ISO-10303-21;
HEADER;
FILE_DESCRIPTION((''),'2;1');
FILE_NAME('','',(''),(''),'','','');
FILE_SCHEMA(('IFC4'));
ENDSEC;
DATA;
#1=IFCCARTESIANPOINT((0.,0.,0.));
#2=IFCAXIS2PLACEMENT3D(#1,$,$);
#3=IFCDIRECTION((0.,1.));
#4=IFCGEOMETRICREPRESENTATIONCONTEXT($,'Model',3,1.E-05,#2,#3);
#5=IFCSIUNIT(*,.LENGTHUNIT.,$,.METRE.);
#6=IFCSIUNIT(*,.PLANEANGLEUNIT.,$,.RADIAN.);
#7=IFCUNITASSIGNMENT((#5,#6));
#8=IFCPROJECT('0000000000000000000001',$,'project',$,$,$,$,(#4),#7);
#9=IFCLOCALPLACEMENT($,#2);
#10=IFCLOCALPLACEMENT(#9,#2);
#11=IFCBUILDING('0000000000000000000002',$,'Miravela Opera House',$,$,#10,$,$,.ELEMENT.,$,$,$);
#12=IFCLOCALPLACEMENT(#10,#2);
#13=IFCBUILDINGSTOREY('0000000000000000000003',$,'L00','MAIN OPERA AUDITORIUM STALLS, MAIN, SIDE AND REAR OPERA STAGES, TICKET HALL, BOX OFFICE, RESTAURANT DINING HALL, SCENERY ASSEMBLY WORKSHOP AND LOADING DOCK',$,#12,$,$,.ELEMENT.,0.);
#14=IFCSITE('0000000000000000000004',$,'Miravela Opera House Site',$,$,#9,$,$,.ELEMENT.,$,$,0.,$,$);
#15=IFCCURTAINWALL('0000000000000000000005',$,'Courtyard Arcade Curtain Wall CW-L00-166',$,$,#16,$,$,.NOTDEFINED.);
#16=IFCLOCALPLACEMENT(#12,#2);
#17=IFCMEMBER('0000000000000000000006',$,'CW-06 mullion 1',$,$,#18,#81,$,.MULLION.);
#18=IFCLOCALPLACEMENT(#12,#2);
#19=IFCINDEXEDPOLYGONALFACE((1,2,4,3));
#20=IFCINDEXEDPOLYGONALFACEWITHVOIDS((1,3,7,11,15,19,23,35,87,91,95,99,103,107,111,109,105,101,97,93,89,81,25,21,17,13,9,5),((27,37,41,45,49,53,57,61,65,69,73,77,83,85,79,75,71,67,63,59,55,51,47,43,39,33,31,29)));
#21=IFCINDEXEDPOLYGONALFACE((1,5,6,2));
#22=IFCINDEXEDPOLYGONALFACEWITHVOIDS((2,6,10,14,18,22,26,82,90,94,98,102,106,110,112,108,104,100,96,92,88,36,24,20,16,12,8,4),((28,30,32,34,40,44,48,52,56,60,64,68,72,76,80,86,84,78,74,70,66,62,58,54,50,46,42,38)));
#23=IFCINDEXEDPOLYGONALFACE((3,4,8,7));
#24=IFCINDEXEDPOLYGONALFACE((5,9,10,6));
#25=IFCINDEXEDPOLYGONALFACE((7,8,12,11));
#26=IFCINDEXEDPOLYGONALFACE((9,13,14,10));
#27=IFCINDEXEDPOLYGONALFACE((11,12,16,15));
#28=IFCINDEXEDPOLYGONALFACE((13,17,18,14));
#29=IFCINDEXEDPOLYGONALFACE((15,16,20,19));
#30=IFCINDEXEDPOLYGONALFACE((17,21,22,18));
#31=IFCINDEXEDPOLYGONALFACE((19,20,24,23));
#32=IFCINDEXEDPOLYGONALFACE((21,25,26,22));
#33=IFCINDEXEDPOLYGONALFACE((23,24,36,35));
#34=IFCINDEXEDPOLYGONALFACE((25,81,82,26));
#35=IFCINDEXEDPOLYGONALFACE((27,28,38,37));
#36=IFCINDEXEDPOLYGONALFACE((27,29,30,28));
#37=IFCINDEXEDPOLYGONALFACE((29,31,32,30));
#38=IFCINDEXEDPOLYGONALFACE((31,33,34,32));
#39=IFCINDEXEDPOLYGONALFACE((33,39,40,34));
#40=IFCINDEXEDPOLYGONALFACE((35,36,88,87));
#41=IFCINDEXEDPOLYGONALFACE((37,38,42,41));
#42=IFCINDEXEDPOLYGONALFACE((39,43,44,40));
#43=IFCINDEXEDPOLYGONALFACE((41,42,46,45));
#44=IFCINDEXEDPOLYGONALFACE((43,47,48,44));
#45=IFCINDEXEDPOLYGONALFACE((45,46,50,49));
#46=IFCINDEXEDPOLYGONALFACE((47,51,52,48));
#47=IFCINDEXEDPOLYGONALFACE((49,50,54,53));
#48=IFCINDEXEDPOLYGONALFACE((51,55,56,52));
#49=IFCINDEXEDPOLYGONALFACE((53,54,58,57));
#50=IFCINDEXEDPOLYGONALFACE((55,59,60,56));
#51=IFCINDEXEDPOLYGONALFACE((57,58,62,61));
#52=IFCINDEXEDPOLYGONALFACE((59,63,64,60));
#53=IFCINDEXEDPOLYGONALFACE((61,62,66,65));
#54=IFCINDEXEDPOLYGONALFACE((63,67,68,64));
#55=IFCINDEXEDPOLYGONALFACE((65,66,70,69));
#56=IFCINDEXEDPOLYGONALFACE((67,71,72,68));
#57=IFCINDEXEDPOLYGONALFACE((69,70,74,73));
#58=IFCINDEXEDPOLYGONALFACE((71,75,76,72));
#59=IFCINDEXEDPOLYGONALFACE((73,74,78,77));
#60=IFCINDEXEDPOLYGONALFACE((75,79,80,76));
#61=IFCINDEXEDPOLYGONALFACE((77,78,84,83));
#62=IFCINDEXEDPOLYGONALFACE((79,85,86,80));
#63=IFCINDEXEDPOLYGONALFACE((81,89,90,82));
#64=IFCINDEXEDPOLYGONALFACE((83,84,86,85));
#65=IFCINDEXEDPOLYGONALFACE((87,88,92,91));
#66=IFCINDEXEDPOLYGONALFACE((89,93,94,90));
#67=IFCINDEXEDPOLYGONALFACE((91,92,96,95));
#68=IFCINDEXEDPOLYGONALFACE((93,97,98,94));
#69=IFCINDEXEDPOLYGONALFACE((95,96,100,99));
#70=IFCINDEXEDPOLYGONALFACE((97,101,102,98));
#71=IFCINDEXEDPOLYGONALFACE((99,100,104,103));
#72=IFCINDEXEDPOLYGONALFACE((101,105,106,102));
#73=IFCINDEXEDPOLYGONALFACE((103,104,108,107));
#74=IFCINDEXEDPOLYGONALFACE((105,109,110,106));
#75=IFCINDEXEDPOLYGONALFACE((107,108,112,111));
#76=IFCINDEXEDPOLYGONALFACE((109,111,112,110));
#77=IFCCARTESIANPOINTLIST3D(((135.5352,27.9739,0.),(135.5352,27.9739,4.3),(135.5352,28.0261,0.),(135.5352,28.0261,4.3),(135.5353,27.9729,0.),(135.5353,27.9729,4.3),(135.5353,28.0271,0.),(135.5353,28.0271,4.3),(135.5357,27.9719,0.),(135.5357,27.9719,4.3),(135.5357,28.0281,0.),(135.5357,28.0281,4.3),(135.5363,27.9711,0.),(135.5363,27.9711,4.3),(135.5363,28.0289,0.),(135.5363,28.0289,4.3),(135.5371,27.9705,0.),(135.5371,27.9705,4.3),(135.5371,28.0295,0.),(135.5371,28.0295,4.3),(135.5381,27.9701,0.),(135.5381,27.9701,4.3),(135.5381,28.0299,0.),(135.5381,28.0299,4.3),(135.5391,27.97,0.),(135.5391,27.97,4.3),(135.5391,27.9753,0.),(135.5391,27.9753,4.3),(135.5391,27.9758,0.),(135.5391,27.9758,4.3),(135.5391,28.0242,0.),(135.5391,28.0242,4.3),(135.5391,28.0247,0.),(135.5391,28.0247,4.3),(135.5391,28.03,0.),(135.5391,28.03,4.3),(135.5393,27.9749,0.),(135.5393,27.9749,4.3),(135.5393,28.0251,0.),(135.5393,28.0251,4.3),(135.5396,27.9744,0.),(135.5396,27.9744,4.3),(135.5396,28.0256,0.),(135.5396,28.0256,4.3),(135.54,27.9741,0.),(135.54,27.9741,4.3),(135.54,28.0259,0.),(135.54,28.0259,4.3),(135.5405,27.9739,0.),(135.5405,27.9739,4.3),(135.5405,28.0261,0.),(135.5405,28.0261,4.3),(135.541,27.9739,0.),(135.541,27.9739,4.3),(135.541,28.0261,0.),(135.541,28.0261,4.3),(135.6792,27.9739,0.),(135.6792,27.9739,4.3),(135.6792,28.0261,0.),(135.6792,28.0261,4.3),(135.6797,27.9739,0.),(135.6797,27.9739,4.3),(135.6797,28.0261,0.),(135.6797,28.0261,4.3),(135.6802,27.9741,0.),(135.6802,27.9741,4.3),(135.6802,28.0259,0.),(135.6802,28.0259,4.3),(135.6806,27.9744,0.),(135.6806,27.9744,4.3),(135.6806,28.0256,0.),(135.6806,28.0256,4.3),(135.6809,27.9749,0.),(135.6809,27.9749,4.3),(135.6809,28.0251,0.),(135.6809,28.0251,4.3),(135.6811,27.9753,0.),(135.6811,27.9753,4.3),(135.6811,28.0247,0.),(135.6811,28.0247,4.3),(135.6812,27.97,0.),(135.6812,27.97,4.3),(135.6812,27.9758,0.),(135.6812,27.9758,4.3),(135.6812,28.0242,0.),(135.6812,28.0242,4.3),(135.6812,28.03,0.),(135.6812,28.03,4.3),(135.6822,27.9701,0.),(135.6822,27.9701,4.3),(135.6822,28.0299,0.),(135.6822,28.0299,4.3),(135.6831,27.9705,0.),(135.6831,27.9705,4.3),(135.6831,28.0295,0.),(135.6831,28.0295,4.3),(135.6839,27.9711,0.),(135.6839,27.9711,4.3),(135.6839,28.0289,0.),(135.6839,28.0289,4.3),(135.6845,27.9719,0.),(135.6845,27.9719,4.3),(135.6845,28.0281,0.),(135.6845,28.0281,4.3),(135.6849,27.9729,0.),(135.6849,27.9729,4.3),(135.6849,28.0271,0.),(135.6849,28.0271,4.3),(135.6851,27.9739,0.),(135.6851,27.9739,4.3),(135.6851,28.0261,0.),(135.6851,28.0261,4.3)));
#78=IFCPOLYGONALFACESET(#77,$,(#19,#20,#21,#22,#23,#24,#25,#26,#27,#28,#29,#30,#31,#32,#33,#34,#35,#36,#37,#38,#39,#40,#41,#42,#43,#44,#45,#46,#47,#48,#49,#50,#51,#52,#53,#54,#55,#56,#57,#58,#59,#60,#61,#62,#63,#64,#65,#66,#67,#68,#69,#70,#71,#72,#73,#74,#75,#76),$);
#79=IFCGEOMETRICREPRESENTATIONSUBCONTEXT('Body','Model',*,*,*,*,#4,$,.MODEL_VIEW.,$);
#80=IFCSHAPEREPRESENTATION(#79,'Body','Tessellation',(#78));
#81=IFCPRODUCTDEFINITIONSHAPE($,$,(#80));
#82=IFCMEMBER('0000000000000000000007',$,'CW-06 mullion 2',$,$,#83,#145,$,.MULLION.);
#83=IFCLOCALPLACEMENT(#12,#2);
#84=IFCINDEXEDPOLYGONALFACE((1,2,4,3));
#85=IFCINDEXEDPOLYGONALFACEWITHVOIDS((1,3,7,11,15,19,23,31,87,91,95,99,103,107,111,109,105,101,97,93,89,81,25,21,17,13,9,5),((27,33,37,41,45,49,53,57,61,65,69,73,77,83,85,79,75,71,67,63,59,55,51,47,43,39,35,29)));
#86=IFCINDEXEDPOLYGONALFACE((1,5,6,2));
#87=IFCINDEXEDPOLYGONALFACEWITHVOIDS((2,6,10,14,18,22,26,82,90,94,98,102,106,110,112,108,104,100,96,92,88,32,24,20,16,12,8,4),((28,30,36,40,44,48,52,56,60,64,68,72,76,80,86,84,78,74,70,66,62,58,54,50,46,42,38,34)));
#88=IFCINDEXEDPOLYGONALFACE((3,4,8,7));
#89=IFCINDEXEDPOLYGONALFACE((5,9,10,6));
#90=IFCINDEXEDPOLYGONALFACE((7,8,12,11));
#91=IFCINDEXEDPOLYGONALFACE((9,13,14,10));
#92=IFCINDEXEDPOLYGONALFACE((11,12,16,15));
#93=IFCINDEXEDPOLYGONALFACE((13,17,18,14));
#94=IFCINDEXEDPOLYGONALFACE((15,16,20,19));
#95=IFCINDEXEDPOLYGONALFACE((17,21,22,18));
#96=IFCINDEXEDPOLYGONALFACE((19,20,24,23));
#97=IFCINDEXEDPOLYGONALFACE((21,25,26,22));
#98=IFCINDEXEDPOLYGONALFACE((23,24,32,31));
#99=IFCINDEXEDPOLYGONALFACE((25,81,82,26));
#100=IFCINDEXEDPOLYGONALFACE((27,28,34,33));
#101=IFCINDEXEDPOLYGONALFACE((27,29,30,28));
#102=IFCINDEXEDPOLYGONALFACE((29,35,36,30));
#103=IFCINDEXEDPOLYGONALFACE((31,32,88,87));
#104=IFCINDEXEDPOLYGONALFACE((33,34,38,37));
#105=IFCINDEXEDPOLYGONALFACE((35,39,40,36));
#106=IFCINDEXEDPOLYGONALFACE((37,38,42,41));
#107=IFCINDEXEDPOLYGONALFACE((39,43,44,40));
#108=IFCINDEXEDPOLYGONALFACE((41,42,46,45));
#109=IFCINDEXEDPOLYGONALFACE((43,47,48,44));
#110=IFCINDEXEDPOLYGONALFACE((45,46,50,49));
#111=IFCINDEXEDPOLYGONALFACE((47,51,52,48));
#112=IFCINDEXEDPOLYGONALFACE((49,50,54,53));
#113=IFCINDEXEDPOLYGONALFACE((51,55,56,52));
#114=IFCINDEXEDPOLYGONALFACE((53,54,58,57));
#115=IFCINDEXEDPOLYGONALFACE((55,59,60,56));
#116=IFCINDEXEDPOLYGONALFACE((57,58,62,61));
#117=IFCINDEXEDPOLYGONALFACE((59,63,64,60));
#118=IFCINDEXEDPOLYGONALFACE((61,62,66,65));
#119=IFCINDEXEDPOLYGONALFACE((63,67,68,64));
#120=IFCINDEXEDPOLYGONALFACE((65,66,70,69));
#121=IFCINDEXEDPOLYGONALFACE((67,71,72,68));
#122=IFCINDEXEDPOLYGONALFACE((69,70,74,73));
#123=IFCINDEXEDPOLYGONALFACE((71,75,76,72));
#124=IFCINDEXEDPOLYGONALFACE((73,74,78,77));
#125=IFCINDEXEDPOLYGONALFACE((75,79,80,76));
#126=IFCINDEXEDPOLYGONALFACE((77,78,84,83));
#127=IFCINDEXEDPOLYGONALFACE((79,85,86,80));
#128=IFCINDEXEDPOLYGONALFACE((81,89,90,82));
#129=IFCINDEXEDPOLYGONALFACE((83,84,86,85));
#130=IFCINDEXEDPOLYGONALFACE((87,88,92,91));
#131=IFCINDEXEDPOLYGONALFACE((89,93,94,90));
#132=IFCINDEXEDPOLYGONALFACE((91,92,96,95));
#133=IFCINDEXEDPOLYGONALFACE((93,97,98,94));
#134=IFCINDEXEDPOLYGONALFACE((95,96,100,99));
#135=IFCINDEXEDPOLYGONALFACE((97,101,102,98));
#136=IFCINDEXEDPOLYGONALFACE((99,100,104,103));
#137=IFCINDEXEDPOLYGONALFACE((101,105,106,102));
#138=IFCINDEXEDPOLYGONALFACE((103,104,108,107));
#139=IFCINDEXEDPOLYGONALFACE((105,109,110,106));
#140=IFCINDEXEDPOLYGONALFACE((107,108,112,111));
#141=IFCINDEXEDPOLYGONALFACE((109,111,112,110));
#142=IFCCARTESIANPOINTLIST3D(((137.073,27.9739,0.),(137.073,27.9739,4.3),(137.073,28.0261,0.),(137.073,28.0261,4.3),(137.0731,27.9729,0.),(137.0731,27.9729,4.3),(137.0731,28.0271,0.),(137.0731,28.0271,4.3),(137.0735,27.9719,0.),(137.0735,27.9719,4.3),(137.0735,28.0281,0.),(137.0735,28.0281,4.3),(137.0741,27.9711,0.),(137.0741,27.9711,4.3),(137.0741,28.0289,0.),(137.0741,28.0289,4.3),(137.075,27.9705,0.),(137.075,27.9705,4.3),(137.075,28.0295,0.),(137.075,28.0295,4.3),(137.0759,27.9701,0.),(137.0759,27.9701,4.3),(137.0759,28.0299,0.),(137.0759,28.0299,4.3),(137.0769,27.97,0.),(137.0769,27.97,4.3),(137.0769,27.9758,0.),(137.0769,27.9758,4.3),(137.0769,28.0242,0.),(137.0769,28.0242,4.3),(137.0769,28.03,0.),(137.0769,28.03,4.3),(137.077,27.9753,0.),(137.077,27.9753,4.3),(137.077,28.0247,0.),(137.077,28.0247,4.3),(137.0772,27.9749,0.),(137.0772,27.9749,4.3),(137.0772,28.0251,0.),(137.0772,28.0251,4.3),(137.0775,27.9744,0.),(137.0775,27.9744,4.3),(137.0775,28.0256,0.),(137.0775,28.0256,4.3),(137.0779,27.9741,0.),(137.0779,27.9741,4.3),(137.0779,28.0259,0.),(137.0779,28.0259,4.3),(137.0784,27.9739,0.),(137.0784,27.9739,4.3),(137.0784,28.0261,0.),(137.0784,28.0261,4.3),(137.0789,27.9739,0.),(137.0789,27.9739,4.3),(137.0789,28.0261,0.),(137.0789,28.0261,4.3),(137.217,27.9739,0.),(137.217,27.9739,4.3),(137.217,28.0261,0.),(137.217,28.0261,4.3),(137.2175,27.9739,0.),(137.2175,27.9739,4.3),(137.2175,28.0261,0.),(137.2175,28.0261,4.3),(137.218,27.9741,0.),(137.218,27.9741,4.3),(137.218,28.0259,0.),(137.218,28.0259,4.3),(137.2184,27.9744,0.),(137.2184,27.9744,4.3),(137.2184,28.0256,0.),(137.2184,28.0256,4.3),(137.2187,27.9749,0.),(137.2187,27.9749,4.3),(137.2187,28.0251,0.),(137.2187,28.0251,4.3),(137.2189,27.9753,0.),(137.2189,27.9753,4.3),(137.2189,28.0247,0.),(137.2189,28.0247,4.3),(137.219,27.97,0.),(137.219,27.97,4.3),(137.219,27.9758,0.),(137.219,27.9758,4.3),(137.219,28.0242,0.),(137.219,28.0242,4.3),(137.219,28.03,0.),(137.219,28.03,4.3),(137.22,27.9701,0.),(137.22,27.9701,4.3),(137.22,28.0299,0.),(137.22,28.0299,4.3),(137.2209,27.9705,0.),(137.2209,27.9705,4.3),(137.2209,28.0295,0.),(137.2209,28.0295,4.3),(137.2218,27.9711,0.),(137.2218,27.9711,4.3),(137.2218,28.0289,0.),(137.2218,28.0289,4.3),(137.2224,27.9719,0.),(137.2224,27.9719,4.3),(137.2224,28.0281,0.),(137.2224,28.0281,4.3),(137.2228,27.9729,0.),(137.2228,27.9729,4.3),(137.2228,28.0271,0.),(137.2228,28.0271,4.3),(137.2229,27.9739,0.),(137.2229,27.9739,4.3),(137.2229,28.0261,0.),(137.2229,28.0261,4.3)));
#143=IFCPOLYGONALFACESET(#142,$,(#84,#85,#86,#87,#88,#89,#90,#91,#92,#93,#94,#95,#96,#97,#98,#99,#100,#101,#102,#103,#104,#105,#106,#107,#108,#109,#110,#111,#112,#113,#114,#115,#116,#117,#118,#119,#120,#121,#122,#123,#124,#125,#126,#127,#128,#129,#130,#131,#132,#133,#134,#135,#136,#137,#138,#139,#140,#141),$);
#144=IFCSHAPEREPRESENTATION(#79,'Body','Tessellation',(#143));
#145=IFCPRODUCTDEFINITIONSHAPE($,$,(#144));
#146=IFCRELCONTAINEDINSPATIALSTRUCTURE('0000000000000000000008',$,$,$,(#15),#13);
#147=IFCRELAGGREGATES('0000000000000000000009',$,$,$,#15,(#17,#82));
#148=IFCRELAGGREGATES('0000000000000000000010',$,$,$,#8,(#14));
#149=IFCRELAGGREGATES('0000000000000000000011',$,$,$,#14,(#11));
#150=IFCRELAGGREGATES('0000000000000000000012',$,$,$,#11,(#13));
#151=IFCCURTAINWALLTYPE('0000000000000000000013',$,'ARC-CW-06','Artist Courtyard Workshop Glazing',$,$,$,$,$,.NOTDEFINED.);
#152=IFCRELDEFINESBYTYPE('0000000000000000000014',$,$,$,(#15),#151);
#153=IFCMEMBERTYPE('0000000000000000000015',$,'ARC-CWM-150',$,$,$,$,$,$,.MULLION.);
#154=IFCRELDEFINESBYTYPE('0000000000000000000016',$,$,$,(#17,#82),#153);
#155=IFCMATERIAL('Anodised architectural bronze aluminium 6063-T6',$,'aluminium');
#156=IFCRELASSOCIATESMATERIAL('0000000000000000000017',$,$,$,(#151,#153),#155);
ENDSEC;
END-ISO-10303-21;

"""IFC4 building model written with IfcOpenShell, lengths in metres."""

from ifc_helpers import new_model, si_unit, direction, frame, origin, origin_2d, place, context, subcontext, project, spatial, hollow_rectangle, extrude, material, material_profile, profile_set, type_object, element, aggregate, save


model = new_model("IFC4")

# Units and contexts
model_context = context("Model", 3, precision=1e-05, world=origin(), true_north=direction((0.0, 1.0)))
body_context = subcontext(model_context, "Body", "Model", "MODEL_VIEW")
ifc_project = project(units=[si_unit("LENGTHUNIT", "METRE"), si_unit("PLANEANGLEUNIT", "RADIAN")], contexts=[model_context])

# Site, building, storey
site_placement = place(None, origin())
site = spatial("IfcSite", under=ifc_project, at=site_placement, Name="Miravela Opera House Site", CompositionType="ELEMENT", RefElevation=0.0)
building_placement = place(site_placement, origin())
building = spatial("IfcBuilding", under=site, at=building_placement, Name="Miravela Opera House", CompositionType="ELEMENT")
storey_placement = place(building_placement, origin())
storey = spatial("IfcBuildingStorey", under=building, at=storey_placement, Name="L00", Description="MAIN OPERA AUDITORIUM STALLS, MAIN, SIDE AND REAR OPERA STAGES, TICKET HALL, BOX OFFICE, RESTAURANT DINING HALL, SCENERY ASSEMBLY WORKSHOP AND LOADING DOCK", CompositionType="ELEMENT", Elevation=0.0)

# Curtain wall, members
ifc_material_1 = material(Name="Anodised architectural bronze aluminium 6063-T6", Category="aluminium")
curtain_wall_type = type_object("IfcCurtainWallType", Name="ARC-CW-06", Description="Artist Courtyard Workshop Glazing", PredefinedType="NOTDEFINED", material=ifc_material_1)
curtain_wall_placement = place(storey_placement, origin())
curtain_wall = element("IfcCurtainWall", 1, at=curtain_wall_placement, inside=storey, type_object=curtain_wall_type, Name="Courtyard Arcade Curtain Wall CW-L00-166", PredefinedType="NOTDEFINED")
ifc_material_profile_1 = material_profile(ifc_material_1, hollow_rectangle(XDim=0.0601, YDim=0.1499, WallThickness=0.0039, InnerFilletRadius=0.002, OuterFilletRadius=0.0039, at=origin_2d()), Name="CWM-60X150")
ifc_profile_set_1 = profile_set([ifc_material_profile_1])
member_type_1 = type_object("IfcMemberType", Name="ARC-CWM-150", PredefinedType="MULLION", material=ifc_profile_set_1)
member_1_placement = place(storey_placement, frame((135.6101, 28.0, 0.0), z_axis=(0.0, 0.0, 1.0), x_axis=(0.0, 1.0, 0.0)))
member_1 = element("IfcMember", 2, at=member_1_placement, type_object=member_type_1, Name="CW-06 mullion 1", PredefinedType="MULLION", context=body_context, shape_type="SweptSolid", body=[
    extrude(hollow_rectangle(XDim=0.0601, YDim=0.1499, WallThickness=0.0039, InnerFilletRadius=0.002, OuterFilletRadius=0.0039, at=origin_2d()), origin(), (0.0, 0.0, 1.0), 4.3),
])
member_2_placement = place(storey_placement, frame((137.1479, 28.0, 0.0), z_axis=(0.0, 0.0, 1.0), x_axis=(0.0, 1.0, 0.0)))
member_2 = element("IfcMember", 3, at=member_2_placement, type_object=member_type_1, Name="CW-06 mullion 2", PredefinedType="MULLION", context=body_context, shape_type="SweptSolid", body=[
    extrude(hollow_rectangle(XDim=0.0601, YDim=0.1499, WallThickness=0.0039, InnerFilletRadius=0.002, OuterFilletRadius=0.0039, at=origin_2d()), origin(), (0.0, 0.0, 1.0), 4.3),
])
aggregate(curtain_wall, [member_1, member_2])

save(model, "model.ifc")
